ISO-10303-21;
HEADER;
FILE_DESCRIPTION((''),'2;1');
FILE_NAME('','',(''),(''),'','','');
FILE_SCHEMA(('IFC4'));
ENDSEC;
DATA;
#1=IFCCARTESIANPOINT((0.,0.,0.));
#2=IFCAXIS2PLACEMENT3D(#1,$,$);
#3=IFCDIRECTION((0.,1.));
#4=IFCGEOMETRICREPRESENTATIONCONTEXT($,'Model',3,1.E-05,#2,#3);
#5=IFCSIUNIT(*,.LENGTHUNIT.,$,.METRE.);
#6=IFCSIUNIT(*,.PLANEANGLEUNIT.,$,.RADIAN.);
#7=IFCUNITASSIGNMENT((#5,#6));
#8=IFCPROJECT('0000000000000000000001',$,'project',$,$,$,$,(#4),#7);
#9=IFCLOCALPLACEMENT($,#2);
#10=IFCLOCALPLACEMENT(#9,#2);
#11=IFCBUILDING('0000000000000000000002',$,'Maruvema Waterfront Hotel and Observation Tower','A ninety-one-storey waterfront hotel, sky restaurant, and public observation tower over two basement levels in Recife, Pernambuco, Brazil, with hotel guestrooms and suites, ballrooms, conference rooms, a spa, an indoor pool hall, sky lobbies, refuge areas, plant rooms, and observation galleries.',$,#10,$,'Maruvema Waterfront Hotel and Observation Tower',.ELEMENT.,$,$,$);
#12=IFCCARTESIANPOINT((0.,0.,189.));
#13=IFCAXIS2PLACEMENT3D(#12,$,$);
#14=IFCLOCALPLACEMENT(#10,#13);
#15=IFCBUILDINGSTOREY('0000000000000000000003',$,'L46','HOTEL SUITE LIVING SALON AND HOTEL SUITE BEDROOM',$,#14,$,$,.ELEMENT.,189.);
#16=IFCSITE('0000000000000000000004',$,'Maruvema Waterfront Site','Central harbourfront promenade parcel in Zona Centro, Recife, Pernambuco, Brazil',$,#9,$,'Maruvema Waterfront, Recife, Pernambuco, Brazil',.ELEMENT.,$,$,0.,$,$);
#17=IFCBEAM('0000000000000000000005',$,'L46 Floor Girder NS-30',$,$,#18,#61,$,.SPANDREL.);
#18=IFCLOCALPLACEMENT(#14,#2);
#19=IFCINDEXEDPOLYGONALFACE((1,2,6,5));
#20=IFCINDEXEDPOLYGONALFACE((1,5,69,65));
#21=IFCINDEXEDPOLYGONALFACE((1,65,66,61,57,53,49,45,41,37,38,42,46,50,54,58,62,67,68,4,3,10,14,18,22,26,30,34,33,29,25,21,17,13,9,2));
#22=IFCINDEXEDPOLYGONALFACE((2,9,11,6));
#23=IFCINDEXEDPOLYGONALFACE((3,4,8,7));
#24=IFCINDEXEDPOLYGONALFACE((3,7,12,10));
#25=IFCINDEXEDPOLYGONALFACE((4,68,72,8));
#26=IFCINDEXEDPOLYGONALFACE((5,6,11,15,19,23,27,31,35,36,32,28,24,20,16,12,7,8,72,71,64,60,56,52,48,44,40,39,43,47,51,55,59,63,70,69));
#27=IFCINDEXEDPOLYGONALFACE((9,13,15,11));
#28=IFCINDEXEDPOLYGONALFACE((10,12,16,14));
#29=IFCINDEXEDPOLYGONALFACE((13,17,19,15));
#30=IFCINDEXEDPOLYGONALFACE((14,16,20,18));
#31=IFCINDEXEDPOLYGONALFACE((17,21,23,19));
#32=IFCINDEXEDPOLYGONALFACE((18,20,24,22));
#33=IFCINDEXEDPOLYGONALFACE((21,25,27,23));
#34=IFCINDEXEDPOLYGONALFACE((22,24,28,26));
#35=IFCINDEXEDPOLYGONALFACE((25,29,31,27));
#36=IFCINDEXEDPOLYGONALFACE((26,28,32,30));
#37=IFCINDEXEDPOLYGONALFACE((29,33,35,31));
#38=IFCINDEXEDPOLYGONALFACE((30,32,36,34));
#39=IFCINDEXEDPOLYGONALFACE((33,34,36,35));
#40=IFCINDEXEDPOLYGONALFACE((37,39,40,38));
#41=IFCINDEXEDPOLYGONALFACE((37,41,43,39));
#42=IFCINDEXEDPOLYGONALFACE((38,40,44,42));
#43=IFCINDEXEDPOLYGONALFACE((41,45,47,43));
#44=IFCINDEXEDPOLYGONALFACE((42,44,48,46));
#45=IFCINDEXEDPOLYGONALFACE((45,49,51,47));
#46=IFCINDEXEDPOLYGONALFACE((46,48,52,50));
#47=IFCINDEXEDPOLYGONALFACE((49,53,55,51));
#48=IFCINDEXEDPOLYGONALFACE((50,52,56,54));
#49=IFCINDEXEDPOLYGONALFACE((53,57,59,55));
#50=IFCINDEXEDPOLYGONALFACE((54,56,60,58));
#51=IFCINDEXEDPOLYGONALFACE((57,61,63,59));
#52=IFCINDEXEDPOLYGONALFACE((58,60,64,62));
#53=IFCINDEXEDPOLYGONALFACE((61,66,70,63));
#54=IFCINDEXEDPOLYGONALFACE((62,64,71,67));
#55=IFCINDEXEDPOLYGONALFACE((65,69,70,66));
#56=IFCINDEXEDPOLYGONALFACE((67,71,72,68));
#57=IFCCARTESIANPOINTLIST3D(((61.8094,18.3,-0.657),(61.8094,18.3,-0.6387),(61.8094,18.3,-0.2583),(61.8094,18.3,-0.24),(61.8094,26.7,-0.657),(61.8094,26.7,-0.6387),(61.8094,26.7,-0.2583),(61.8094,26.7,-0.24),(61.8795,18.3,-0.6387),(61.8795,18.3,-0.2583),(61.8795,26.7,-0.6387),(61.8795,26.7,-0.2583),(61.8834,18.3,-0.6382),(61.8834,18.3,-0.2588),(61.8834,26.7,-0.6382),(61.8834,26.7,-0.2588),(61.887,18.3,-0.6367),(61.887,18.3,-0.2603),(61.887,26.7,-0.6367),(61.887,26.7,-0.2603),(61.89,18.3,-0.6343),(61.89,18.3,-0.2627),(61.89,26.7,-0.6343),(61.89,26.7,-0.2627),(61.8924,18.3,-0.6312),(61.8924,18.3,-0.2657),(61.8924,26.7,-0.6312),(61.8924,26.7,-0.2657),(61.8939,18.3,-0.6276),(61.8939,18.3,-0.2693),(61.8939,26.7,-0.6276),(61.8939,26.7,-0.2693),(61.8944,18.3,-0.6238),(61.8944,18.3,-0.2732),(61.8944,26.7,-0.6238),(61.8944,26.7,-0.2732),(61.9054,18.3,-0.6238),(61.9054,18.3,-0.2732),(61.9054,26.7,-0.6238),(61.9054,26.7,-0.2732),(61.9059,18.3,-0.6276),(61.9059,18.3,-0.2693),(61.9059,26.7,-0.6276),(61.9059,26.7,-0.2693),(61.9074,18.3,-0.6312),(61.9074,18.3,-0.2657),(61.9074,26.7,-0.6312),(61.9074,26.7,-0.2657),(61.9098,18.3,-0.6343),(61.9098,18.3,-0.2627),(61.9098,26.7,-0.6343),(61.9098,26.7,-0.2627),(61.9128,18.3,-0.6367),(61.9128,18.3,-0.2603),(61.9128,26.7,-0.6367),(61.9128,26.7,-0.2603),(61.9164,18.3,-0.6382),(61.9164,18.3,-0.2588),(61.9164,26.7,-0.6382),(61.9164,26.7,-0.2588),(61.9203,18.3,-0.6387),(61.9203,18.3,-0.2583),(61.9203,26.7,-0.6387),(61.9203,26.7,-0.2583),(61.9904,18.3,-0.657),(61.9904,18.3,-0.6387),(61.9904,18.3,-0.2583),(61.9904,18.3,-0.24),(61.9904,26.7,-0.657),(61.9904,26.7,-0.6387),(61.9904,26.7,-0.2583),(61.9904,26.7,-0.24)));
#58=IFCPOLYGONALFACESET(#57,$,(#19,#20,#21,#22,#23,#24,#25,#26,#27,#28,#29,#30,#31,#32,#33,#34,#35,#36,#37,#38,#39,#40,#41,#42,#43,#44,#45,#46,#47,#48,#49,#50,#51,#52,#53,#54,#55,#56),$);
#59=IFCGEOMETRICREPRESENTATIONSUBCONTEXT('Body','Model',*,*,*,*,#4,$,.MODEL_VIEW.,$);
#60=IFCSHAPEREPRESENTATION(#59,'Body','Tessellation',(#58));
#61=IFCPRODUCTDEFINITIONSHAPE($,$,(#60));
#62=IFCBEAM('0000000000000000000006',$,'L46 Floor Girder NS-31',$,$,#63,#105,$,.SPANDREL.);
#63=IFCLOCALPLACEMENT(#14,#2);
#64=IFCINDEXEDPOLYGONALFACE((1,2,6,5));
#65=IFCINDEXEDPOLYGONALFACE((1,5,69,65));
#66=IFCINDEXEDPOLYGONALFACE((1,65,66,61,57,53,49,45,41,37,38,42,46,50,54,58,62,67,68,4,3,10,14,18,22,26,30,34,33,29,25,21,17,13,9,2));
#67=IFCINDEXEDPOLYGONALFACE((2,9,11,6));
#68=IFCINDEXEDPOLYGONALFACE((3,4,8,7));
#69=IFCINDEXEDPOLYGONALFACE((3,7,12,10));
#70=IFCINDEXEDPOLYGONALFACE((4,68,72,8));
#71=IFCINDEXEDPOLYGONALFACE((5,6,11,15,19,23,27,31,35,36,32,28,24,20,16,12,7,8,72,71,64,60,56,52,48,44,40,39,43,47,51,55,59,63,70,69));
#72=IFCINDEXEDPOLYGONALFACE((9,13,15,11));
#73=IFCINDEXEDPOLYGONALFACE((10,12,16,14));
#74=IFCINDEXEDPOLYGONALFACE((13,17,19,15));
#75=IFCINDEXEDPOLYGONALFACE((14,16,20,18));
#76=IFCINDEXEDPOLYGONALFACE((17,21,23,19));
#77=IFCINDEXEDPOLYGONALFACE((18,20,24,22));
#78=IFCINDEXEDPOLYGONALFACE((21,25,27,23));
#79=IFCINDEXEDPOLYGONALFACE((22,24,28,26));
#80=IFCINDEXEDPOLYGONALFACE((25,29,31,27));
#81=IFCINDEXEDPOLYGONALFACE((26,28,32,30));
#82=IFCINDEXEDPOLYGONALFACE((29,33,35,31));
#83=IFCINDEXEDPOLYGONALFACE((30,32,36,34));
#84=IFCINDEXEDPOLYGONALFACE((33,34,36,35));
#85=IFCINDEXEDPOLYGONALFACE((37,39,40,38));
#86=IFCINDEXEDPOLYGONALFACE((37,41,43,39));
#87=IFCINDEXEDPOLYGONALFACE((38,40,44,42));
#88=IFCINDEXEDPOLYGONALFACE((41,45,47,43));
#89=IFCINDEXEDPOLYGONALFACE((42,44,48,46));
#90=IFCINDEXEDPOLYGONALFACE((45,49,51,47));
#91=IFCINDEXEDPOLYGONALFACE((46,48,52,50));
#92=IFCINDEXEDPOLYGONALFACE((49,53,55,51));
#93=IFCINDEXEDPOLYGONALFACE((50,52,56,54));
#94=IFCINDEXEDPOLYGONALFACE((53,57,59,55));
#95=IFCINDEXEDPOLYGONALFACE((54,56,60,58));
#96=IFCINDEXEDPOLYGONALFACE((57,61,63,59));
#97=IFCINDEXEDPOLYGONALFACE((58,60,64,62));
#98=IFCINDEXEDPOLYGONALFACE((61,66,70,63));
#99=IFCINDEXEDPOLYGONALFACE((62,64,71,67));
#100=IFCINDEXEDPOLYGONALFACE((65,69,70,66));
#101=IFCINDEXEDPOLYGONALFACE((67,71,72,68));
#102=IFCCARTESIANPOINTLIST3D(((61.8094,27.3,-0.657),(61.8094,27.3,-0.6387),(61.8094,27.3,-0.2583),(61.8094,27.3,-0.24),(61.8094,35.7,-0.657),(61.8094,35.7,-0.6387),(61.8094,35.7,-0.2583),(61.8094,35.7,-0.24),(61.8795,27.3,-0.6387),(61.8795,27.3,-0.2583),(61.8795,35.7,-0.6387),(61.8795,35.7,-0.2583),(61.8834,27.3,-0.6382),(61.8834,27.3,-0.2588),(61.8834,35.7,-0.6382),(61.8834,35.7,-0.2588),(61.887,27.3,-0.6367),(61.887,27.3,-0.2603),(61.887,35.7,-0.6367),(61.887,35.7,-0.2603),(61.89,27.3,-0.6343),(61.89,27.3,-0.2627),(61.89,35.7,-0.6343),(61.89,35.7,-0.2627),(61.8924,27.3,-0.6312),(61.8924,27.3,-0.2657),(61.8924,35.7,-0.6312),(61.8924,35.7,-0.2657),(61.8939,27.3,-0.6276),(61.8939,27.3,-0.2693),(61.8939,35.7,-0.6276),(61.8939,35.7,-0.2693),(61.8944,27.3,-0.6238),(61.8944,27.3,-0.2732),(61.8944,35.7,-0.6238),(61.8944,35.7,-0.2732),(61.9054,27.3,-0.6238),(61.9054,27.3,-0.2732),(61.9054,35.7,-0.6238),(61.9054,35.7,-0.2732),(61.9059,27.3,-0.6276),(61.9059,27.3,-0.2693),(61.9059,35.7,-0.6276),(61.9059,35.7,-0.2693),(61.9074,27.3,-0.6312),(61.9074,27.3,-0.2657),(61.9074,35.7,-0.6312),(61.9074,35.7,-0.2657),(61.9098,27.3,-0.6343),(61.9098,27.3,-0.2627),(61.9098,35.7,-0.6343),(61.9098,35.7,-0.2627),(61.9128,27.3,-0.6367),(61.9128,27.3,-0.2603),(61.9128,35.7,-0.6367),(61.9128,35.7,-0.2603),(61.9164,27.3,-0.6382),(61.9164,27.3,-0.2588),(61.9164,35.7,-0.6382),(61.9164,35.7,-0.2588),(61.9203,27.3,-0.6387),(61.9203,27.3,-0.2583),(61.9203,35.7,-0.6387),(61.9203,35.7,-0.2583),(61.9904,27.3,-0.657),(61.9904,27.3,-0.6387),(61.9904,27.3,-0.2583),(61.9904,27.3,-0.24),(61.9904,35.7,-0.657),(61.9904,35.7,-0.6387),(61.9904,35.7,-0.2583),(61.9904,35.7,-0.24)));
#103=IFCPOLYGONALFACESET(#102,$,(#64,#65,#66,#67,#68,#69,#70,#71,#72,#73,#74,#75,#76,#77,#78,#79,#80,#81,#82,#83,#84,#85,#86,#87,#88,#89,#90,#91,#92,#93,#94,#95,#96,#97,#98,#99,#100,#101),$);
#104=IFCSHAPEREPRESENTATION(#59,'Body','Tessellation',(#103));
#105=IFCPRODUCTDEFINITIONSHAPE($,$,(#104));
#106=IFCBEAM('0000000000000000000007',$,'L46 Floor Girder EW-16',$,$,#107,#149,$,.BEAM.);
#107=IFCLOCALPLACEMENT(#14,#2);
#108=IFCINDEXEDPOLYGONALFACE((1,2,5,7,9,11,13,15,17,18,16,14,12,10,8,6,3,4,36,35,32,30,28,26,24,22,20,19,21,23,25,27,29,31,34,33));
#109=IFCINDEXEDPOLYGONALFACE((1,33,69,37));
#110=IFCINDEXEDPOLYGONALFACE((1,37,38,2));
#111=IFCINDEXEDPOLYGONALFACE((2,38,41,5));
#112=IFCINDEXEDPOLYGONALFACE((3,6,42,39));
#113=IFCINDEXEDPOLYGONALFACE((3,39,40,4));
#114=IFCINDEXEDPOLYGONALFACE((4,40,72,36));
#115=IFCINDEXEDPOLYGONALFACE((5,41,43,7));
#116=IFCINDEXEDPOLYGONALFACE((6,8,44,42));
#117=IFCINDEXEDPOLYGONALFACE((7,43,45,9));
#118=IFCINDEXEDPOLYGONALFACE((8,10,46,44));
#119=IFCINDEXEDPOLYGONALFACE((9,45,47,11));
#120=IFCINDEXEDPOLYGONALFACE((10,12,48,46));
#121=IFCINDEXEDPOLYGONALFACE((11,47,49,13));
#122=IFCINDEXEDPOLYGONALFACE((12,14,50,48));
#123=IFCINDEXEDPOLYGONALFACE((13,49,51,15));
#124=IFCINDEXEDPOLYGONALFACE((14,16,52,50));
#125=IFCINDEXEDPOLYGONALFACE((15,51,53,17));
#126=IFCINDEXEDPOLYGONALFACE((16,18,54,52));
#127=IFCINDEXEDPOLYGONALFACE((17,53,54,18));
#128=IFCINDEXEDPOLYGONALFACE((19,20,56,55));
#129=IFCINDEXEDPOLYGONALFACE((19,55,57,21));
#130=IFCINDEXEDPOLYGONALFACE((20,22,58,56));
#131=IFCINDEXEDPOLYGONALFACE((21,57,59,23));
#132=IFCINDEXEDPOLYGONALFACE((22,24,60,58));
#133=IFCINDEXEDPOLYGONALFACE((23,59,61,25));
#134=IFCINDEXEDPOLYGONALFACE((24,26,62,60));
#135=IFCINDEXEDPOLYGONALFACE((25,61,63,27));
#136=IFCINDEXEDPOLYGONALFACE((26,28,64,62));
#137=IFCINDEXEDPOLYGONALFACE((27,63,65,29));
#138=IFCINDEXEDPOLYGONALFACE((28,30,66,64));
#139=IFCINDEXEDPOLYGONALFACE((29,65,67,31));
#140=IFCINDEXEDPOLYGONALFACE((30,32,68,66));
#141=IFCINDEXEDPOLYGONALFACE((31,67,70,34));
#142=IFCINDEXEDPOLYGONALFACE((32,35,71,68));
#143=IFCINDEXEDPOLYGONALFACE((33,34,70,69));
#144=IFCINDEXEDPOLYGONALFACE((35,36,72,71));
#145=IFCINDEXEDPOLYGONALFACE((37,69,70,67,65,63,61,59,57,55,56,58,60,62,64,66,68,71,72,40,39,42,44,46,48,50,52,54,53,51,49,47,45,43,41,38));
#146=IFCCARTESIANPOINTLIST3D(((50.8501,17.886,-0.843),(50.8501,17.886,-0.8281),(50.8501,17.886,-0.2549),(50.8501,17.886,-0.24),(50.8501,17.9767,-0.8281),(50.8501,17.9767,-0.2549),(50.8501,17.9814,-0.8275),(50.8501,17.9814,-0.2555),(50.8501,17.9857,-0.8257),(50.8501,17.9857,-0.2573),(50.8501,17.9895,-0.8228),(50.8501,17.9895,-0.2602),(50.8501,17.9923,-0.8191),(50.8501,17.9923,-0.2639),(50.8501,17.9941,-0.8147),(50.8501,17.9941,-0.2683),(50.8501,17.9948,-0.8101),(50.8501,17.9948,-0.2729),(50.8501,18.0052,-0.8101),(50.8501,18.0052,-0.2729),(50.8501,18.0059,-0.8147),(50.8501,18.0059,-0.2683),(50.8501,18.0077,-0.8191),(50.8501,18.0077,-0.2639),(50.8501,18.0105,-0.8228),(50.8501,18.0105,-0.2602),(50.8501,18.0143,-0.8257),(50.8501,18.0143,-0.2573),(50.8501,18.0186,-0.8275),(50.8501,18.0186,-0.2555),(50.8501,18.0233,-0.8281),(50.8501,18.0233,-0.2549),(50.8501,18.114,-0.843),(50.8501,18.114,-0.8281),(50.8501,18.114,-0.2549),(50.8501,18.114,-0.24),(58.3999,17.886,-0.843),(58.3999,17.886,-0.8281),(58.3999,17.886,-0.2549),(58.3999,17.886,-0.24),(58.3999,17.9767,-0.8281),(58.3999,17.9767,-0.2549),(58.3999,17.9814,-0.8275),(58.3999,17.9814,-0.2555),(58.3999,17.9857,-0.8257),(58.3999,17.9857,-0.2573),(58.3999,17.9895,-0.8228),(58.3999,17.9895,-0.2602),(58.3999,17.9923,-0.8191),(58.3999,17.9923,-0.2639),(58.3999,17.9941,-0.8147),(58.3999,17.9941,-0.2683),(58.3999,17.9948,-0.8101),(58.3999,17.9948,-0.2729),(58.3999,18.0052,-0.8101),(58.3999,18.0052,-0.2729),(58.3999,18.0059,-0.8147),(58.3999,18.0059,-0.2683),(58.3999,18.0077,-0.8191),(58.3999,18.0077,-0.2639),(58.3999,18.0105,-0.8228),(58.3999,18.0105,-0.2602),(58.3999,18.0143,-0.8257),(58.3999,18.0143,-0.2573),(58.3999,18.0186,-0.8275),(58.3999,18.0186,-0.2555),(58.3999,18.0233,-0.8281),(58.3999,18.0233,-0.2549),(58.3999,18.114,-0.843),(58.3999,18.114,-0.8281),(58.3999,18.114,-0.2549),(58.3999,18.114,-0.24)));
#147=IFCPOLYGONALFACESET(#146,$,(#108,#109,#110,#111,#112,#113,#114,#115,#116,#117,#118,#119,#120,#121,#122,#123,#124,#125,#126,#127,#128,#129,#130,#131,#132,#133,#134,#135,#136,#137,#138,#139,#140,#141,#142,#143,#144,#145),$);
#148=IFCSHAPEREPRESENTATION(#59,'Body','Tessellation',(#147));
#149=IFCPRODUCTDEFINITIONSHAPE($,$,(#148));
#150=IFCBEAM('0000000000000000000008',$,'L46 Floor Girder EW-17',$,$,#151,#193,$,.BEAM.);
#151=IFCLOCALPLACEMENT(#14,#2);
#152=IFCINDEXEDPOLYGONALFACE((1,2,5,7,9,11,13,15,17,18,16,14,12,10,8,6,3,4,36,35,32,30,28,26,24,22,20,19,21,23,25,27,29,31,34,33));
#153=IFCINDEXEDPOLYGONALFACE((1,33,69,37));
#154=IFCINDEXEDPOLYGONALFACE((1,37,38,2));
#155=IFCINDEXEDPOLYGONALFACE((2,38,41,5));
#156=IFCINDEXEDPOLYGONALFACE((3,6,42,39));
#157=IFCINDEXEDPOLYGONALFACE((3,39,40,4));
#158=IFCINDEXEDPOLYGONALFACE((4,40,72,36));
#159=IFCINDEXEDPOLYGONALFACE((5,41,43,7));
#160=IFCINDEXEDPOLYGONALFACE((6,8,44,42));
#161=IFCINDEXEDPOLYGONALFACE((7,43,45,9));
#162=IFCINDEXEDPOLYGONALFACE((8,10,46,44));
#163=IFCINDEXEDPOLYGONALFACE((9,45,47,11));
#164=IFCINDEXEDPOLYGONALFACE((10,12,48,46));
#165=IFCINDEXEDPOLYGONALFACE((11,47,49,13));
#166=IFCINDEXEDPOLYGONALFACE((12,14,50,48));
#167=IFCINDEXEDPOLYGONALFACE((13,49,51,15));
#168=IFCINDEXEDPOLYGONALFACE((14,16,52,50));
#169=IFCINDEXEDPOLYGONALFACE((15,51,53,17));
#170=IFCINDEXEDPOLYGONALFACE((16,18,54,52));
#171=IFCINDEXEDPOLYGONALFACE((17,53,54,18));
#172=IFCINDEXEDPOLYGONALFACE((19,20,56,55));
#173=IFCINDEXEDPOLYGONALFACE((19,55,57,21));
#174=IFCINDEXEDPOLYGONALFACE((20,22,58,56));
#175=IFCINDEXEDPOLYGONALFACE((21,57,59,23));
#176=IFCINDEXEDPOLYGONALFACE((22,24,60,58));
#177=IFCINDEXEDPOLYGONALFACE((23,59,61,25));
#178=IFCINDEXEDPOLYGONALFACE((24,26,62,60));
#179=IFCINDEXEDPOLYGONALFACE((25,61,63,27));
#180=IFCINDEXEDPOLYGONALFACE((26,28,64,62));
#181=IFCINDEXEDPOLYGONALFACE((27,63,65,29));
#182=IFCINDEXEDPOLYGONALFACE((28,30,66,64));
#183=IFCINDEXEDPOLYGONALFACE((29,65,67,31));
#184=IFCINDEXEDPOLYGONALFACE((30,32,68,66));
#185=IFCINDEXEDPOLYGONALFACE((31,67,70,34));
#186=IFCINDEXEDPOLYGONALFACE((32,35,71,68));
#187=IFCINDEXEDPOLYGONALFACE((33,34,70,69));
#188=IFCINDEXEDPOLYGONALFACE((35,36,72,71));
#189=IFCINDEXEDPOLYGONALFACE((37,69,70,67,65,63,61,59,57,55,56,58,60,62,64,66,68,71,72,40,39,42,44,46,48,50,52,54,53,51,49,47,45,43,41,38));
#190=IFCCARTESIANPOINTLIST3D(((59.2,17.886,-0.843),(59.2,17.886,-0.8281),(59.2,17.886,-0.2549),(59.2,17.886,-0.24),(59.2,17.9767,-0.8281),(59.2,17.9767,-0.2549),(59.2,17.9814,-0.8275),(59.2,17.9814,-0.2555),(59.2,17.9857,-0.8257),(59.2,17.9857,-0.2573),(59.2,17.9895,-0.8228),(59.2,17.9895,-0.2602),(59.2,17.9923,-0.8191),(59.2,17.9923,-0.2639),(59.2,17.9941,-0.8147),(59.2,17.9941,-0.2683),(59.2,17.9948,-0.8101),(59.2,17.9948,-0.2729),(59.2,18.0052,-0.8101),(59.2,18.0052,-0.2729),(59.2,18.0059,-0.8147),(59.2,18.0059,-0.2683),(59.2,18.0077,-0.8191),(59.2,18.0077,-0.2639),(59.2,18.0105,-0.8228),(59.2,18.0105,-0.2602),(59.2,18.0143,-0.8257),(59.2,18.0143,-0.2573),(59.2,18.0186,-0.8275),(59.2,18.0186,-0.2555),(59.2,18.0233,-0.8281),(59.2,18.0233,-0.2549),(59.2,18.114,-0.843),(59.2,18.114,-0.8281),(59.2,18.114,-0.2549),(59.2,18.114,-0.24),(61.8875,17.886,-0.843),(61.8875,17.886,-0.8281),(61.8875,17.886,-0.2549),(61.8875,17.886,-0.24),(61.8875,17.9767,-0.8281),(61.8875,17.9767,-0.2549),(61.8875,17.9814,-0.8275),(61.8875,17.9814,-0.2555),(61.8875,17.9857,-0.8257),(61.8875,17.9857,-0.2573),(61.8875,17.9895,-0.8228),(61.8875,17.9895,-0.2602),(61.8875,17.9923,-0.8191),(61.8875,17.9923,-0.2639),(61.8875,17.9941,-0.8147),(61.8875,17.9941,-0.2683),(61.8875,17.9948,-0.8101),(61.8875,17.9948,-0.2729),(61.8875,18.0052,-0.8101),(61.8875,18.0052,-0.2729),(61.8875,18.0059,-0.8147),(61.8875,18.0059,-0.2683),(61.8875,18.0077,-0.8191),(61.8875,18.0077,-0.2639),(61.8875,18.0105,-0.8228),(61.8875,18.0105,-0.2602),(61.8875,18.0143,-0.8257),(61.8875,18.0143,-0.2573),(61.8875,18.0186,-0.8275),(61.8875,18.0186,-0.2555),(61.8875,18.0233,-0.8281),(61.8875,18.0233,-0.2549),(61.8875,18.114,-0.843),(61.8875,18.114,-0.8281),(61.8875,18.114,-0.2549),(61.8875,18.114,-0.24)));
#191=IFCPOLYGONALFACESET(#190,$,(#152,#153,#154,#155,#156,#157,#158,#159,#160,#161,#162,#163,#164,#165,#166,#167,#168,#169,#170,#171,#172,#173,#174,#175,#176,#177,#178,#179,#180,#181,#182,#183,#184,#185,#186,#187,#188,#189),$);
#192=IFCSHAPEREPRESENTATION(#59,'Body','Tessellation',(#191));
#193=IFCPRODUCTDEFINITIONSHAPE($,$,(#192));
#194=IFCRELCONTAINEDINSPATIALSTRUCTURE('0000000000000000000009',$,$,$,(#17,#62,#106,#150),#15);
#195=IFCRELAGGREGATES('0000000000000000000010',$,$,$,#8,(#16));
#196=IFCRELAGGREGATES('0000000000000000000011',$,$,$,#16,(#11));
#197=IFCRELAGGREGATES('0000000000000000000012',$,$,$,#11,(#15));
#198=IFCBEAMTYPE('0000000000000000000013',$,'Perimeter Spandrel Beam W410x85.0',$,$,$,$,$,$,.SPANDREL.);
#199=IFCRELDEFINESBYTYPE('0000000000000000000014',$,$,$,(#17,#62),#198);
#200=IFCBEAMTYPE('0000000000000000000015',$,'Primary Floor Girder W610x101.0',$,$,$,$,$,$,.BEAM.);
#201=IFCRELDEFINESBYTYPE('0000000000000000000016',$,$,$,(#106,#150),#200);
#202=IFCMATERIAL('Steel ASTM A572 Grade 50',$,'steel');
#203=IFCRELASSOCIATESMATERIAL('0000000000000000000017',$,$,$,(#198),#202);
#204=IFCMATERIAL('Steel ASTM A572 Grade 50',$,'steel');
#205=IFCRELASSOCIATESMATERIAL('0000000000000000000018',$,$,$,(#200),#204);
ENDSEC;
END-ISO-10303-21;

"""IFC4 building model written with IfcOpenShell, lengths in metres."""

from ifc_helpers import new_model, si_unit, direction, frame, origin, origin_2d, place, context, subcontext, project, spatial, i_section, extrude, material, material_profile, profile_set, type_object, element, save


model = new_model("IFC4")

# Units and contexts
model_context = context("Model", 3, precision=1e-05, world=origin(), true_north=direction((0.0, 1.0)))
body_context = subcontext(model_context, "Body", "Model", "MODEL_VIEW")
ifc_project = project(units=[si_unit("LENGTHUNIT", "METRE"), si_unit("PLANEANGLEUNIT", "RADIAN")], contexts=[model_context])

# Site, building, storey
site_placement = place(None, origin())
site = spatial("IfcSite", under=ifc_project, at=site_placement, Name="Maruvema Waterfront Site", Description="Central harbourfront promenade parcel in Zona Centro, Recife, Pernambuco, Brazil", LongName="Maruvema Waterfront, Recife, Pernambuco, Brazil", CompositionType="ELEMENT", RefElevation=0.0)
building_placement = place(site_placement, origin())
building = spatial("IfcBuilding", under=site, at=building_placement, Name="Maruvema Waterfront Hotel and Observation Tower", Description="A ninety-one-storey waterfront hotel, sky restaurant, and public observation tower over two basement levels in Recife, Pernambuco, Brazil, with hotel guestrooms and suites, ballrooms, conference rooms, a spa, an indoor pool hall, sky lobbies, refuge areas, plant rooms, and observation galleries.", LongName="Maruvema Waterfront Hotel and Observation Tower", CompositionType="ELEMENT")
storey_placement = place(building_placement, frame((0.0, 0.0, 189.0)))
storey = spatial("IfcBuildingStorey", under=building, at=storey_placement, Name="L46", Description="HOTEL SUITE LIVING SALON AND HOTEL SUITE BEDROOM", CompositionType="ELEMENT", Elevation=189.0)

# Beams
ifc_material_1 = material(Name="Steel ASTM A572 Grade 50", Category="steel")
ifc_material_profile_1 = material_profile(ifc_material_1, i_section(OverallWidth=0.1809, OverallDepth=0.417, WebThickness=0.011, FlangeThickness=0.0183, FilletRadius=0.0149, at=origin_2d()), Name="W410x85.0")
ifc_profile_set_1 = profile_set([ifc_material_profile_1], Name="Steel ASTM A572 Grade 50")
beam_type_1 = type_object("IfcBeamType", Name="Perimeter Spandrel Beam W410x85.0", PredefinedType="SPANDREL", material=ifc_profile_set_1)
for number, where, z_axis, x_axis, name in (
    (1, (61.8999, 18.3, -0.4485), (0.0, 1.0, 0.0), (-1.0, 0.0, 0.0), "L46 Floor Girder NS-30"),
    (2, (61.8999, 27.3, -0.4485), (0.0, 1.0, 0.0), (-1.0, 0.0, 0.0), "L46 Floor Girder NS-31"),
):
    element("IfcBeam", number, at=place(storey_placement, frame(where, z_axis=z_axis, x_axis=x_axis)), inside=storey, type_object=beam_type_1, Name=name, PredefinedType="SPANDREL", context=body_context, shape_type="SweptSolid", body=[
        extrude(i_section(OverallWidth=0.1809, OverallDepth=0.417, WebThickness=0.011, FlangeThickness=0.0183, FilletRadius=0.0149, at=origin_2d()), origin(), (0.0, 0.0, 1.0), 8.3999),
    ])
ifc_material_2 = material(Name="Steel ASTM A572 Grade 50", Category="steel")
ifc_material_profile_2 = material_profile(ifc_material_2, i_section(OverallWidth=0.228, OverallDepth=0.603, WebThickness=0.0105, FlangeThickness=0.0149, FilletRadius=0.0181, at=origin_2d()), Name="W610x101.0")
ifc_profile_set_2 = profile_set([ifc_material_profile_2], Name="Steel ASTM A572 Grade 50")
beam_type_2 = type_object("IfcBeamType", Name="Primary Floor Girder W610x101.0", PredefinedType="BEAM", material=ifc_profile_set_2)
beam_1_placement = place(storey_placement, frame((50.8501, 18.0, -0.5415), z_axis=(1.0, 0.0, 0.0), x_axis=(0.0, 1.0, 0.0)))
element("IfcBeam", 3, at=beam_1_placement, inside=storey, type_object=beam_type_2, Name="L46 Floor Girder EW-16", PredefinedType="BEAM", context=body_context, shape_type="SweptSolid", body=[
    extrude(i_section(OverallWidth=0.228, OverallDepth=0.603, WebThickness=0.0105, FlangeThickness=0.0149, FilletRadius=0.0181, at=origin_2d()), origin(), (0.0, 0.0, 1.0), 7.5498),
])
beam_2_placement = place(storey_placement, frame((59.2, 18.0, -0.5415), z_axis=(1.0, 0.0, 0.0), x_axis=(0.0, 1.0, 0.0)))
element("IfcBeam", 4, at=beam_2_placement, inside=storey, type_object=beam_type_2, Name="L46 Floor Girder EW-17", PredefinedType="BEAM", context=body_context, shape_type="SweptSolid", body=[
    extrude(i_section(OverallWidth=0.228, OverallDepth=0.603, WebThickness=0.0105, FlangeThickness=0.0149, FilletRadius=0.0181, at=origin_2d()), origin(), (0.0, 0.0, 1.0), 2.6875),
])

save(model, "model.ifc")
